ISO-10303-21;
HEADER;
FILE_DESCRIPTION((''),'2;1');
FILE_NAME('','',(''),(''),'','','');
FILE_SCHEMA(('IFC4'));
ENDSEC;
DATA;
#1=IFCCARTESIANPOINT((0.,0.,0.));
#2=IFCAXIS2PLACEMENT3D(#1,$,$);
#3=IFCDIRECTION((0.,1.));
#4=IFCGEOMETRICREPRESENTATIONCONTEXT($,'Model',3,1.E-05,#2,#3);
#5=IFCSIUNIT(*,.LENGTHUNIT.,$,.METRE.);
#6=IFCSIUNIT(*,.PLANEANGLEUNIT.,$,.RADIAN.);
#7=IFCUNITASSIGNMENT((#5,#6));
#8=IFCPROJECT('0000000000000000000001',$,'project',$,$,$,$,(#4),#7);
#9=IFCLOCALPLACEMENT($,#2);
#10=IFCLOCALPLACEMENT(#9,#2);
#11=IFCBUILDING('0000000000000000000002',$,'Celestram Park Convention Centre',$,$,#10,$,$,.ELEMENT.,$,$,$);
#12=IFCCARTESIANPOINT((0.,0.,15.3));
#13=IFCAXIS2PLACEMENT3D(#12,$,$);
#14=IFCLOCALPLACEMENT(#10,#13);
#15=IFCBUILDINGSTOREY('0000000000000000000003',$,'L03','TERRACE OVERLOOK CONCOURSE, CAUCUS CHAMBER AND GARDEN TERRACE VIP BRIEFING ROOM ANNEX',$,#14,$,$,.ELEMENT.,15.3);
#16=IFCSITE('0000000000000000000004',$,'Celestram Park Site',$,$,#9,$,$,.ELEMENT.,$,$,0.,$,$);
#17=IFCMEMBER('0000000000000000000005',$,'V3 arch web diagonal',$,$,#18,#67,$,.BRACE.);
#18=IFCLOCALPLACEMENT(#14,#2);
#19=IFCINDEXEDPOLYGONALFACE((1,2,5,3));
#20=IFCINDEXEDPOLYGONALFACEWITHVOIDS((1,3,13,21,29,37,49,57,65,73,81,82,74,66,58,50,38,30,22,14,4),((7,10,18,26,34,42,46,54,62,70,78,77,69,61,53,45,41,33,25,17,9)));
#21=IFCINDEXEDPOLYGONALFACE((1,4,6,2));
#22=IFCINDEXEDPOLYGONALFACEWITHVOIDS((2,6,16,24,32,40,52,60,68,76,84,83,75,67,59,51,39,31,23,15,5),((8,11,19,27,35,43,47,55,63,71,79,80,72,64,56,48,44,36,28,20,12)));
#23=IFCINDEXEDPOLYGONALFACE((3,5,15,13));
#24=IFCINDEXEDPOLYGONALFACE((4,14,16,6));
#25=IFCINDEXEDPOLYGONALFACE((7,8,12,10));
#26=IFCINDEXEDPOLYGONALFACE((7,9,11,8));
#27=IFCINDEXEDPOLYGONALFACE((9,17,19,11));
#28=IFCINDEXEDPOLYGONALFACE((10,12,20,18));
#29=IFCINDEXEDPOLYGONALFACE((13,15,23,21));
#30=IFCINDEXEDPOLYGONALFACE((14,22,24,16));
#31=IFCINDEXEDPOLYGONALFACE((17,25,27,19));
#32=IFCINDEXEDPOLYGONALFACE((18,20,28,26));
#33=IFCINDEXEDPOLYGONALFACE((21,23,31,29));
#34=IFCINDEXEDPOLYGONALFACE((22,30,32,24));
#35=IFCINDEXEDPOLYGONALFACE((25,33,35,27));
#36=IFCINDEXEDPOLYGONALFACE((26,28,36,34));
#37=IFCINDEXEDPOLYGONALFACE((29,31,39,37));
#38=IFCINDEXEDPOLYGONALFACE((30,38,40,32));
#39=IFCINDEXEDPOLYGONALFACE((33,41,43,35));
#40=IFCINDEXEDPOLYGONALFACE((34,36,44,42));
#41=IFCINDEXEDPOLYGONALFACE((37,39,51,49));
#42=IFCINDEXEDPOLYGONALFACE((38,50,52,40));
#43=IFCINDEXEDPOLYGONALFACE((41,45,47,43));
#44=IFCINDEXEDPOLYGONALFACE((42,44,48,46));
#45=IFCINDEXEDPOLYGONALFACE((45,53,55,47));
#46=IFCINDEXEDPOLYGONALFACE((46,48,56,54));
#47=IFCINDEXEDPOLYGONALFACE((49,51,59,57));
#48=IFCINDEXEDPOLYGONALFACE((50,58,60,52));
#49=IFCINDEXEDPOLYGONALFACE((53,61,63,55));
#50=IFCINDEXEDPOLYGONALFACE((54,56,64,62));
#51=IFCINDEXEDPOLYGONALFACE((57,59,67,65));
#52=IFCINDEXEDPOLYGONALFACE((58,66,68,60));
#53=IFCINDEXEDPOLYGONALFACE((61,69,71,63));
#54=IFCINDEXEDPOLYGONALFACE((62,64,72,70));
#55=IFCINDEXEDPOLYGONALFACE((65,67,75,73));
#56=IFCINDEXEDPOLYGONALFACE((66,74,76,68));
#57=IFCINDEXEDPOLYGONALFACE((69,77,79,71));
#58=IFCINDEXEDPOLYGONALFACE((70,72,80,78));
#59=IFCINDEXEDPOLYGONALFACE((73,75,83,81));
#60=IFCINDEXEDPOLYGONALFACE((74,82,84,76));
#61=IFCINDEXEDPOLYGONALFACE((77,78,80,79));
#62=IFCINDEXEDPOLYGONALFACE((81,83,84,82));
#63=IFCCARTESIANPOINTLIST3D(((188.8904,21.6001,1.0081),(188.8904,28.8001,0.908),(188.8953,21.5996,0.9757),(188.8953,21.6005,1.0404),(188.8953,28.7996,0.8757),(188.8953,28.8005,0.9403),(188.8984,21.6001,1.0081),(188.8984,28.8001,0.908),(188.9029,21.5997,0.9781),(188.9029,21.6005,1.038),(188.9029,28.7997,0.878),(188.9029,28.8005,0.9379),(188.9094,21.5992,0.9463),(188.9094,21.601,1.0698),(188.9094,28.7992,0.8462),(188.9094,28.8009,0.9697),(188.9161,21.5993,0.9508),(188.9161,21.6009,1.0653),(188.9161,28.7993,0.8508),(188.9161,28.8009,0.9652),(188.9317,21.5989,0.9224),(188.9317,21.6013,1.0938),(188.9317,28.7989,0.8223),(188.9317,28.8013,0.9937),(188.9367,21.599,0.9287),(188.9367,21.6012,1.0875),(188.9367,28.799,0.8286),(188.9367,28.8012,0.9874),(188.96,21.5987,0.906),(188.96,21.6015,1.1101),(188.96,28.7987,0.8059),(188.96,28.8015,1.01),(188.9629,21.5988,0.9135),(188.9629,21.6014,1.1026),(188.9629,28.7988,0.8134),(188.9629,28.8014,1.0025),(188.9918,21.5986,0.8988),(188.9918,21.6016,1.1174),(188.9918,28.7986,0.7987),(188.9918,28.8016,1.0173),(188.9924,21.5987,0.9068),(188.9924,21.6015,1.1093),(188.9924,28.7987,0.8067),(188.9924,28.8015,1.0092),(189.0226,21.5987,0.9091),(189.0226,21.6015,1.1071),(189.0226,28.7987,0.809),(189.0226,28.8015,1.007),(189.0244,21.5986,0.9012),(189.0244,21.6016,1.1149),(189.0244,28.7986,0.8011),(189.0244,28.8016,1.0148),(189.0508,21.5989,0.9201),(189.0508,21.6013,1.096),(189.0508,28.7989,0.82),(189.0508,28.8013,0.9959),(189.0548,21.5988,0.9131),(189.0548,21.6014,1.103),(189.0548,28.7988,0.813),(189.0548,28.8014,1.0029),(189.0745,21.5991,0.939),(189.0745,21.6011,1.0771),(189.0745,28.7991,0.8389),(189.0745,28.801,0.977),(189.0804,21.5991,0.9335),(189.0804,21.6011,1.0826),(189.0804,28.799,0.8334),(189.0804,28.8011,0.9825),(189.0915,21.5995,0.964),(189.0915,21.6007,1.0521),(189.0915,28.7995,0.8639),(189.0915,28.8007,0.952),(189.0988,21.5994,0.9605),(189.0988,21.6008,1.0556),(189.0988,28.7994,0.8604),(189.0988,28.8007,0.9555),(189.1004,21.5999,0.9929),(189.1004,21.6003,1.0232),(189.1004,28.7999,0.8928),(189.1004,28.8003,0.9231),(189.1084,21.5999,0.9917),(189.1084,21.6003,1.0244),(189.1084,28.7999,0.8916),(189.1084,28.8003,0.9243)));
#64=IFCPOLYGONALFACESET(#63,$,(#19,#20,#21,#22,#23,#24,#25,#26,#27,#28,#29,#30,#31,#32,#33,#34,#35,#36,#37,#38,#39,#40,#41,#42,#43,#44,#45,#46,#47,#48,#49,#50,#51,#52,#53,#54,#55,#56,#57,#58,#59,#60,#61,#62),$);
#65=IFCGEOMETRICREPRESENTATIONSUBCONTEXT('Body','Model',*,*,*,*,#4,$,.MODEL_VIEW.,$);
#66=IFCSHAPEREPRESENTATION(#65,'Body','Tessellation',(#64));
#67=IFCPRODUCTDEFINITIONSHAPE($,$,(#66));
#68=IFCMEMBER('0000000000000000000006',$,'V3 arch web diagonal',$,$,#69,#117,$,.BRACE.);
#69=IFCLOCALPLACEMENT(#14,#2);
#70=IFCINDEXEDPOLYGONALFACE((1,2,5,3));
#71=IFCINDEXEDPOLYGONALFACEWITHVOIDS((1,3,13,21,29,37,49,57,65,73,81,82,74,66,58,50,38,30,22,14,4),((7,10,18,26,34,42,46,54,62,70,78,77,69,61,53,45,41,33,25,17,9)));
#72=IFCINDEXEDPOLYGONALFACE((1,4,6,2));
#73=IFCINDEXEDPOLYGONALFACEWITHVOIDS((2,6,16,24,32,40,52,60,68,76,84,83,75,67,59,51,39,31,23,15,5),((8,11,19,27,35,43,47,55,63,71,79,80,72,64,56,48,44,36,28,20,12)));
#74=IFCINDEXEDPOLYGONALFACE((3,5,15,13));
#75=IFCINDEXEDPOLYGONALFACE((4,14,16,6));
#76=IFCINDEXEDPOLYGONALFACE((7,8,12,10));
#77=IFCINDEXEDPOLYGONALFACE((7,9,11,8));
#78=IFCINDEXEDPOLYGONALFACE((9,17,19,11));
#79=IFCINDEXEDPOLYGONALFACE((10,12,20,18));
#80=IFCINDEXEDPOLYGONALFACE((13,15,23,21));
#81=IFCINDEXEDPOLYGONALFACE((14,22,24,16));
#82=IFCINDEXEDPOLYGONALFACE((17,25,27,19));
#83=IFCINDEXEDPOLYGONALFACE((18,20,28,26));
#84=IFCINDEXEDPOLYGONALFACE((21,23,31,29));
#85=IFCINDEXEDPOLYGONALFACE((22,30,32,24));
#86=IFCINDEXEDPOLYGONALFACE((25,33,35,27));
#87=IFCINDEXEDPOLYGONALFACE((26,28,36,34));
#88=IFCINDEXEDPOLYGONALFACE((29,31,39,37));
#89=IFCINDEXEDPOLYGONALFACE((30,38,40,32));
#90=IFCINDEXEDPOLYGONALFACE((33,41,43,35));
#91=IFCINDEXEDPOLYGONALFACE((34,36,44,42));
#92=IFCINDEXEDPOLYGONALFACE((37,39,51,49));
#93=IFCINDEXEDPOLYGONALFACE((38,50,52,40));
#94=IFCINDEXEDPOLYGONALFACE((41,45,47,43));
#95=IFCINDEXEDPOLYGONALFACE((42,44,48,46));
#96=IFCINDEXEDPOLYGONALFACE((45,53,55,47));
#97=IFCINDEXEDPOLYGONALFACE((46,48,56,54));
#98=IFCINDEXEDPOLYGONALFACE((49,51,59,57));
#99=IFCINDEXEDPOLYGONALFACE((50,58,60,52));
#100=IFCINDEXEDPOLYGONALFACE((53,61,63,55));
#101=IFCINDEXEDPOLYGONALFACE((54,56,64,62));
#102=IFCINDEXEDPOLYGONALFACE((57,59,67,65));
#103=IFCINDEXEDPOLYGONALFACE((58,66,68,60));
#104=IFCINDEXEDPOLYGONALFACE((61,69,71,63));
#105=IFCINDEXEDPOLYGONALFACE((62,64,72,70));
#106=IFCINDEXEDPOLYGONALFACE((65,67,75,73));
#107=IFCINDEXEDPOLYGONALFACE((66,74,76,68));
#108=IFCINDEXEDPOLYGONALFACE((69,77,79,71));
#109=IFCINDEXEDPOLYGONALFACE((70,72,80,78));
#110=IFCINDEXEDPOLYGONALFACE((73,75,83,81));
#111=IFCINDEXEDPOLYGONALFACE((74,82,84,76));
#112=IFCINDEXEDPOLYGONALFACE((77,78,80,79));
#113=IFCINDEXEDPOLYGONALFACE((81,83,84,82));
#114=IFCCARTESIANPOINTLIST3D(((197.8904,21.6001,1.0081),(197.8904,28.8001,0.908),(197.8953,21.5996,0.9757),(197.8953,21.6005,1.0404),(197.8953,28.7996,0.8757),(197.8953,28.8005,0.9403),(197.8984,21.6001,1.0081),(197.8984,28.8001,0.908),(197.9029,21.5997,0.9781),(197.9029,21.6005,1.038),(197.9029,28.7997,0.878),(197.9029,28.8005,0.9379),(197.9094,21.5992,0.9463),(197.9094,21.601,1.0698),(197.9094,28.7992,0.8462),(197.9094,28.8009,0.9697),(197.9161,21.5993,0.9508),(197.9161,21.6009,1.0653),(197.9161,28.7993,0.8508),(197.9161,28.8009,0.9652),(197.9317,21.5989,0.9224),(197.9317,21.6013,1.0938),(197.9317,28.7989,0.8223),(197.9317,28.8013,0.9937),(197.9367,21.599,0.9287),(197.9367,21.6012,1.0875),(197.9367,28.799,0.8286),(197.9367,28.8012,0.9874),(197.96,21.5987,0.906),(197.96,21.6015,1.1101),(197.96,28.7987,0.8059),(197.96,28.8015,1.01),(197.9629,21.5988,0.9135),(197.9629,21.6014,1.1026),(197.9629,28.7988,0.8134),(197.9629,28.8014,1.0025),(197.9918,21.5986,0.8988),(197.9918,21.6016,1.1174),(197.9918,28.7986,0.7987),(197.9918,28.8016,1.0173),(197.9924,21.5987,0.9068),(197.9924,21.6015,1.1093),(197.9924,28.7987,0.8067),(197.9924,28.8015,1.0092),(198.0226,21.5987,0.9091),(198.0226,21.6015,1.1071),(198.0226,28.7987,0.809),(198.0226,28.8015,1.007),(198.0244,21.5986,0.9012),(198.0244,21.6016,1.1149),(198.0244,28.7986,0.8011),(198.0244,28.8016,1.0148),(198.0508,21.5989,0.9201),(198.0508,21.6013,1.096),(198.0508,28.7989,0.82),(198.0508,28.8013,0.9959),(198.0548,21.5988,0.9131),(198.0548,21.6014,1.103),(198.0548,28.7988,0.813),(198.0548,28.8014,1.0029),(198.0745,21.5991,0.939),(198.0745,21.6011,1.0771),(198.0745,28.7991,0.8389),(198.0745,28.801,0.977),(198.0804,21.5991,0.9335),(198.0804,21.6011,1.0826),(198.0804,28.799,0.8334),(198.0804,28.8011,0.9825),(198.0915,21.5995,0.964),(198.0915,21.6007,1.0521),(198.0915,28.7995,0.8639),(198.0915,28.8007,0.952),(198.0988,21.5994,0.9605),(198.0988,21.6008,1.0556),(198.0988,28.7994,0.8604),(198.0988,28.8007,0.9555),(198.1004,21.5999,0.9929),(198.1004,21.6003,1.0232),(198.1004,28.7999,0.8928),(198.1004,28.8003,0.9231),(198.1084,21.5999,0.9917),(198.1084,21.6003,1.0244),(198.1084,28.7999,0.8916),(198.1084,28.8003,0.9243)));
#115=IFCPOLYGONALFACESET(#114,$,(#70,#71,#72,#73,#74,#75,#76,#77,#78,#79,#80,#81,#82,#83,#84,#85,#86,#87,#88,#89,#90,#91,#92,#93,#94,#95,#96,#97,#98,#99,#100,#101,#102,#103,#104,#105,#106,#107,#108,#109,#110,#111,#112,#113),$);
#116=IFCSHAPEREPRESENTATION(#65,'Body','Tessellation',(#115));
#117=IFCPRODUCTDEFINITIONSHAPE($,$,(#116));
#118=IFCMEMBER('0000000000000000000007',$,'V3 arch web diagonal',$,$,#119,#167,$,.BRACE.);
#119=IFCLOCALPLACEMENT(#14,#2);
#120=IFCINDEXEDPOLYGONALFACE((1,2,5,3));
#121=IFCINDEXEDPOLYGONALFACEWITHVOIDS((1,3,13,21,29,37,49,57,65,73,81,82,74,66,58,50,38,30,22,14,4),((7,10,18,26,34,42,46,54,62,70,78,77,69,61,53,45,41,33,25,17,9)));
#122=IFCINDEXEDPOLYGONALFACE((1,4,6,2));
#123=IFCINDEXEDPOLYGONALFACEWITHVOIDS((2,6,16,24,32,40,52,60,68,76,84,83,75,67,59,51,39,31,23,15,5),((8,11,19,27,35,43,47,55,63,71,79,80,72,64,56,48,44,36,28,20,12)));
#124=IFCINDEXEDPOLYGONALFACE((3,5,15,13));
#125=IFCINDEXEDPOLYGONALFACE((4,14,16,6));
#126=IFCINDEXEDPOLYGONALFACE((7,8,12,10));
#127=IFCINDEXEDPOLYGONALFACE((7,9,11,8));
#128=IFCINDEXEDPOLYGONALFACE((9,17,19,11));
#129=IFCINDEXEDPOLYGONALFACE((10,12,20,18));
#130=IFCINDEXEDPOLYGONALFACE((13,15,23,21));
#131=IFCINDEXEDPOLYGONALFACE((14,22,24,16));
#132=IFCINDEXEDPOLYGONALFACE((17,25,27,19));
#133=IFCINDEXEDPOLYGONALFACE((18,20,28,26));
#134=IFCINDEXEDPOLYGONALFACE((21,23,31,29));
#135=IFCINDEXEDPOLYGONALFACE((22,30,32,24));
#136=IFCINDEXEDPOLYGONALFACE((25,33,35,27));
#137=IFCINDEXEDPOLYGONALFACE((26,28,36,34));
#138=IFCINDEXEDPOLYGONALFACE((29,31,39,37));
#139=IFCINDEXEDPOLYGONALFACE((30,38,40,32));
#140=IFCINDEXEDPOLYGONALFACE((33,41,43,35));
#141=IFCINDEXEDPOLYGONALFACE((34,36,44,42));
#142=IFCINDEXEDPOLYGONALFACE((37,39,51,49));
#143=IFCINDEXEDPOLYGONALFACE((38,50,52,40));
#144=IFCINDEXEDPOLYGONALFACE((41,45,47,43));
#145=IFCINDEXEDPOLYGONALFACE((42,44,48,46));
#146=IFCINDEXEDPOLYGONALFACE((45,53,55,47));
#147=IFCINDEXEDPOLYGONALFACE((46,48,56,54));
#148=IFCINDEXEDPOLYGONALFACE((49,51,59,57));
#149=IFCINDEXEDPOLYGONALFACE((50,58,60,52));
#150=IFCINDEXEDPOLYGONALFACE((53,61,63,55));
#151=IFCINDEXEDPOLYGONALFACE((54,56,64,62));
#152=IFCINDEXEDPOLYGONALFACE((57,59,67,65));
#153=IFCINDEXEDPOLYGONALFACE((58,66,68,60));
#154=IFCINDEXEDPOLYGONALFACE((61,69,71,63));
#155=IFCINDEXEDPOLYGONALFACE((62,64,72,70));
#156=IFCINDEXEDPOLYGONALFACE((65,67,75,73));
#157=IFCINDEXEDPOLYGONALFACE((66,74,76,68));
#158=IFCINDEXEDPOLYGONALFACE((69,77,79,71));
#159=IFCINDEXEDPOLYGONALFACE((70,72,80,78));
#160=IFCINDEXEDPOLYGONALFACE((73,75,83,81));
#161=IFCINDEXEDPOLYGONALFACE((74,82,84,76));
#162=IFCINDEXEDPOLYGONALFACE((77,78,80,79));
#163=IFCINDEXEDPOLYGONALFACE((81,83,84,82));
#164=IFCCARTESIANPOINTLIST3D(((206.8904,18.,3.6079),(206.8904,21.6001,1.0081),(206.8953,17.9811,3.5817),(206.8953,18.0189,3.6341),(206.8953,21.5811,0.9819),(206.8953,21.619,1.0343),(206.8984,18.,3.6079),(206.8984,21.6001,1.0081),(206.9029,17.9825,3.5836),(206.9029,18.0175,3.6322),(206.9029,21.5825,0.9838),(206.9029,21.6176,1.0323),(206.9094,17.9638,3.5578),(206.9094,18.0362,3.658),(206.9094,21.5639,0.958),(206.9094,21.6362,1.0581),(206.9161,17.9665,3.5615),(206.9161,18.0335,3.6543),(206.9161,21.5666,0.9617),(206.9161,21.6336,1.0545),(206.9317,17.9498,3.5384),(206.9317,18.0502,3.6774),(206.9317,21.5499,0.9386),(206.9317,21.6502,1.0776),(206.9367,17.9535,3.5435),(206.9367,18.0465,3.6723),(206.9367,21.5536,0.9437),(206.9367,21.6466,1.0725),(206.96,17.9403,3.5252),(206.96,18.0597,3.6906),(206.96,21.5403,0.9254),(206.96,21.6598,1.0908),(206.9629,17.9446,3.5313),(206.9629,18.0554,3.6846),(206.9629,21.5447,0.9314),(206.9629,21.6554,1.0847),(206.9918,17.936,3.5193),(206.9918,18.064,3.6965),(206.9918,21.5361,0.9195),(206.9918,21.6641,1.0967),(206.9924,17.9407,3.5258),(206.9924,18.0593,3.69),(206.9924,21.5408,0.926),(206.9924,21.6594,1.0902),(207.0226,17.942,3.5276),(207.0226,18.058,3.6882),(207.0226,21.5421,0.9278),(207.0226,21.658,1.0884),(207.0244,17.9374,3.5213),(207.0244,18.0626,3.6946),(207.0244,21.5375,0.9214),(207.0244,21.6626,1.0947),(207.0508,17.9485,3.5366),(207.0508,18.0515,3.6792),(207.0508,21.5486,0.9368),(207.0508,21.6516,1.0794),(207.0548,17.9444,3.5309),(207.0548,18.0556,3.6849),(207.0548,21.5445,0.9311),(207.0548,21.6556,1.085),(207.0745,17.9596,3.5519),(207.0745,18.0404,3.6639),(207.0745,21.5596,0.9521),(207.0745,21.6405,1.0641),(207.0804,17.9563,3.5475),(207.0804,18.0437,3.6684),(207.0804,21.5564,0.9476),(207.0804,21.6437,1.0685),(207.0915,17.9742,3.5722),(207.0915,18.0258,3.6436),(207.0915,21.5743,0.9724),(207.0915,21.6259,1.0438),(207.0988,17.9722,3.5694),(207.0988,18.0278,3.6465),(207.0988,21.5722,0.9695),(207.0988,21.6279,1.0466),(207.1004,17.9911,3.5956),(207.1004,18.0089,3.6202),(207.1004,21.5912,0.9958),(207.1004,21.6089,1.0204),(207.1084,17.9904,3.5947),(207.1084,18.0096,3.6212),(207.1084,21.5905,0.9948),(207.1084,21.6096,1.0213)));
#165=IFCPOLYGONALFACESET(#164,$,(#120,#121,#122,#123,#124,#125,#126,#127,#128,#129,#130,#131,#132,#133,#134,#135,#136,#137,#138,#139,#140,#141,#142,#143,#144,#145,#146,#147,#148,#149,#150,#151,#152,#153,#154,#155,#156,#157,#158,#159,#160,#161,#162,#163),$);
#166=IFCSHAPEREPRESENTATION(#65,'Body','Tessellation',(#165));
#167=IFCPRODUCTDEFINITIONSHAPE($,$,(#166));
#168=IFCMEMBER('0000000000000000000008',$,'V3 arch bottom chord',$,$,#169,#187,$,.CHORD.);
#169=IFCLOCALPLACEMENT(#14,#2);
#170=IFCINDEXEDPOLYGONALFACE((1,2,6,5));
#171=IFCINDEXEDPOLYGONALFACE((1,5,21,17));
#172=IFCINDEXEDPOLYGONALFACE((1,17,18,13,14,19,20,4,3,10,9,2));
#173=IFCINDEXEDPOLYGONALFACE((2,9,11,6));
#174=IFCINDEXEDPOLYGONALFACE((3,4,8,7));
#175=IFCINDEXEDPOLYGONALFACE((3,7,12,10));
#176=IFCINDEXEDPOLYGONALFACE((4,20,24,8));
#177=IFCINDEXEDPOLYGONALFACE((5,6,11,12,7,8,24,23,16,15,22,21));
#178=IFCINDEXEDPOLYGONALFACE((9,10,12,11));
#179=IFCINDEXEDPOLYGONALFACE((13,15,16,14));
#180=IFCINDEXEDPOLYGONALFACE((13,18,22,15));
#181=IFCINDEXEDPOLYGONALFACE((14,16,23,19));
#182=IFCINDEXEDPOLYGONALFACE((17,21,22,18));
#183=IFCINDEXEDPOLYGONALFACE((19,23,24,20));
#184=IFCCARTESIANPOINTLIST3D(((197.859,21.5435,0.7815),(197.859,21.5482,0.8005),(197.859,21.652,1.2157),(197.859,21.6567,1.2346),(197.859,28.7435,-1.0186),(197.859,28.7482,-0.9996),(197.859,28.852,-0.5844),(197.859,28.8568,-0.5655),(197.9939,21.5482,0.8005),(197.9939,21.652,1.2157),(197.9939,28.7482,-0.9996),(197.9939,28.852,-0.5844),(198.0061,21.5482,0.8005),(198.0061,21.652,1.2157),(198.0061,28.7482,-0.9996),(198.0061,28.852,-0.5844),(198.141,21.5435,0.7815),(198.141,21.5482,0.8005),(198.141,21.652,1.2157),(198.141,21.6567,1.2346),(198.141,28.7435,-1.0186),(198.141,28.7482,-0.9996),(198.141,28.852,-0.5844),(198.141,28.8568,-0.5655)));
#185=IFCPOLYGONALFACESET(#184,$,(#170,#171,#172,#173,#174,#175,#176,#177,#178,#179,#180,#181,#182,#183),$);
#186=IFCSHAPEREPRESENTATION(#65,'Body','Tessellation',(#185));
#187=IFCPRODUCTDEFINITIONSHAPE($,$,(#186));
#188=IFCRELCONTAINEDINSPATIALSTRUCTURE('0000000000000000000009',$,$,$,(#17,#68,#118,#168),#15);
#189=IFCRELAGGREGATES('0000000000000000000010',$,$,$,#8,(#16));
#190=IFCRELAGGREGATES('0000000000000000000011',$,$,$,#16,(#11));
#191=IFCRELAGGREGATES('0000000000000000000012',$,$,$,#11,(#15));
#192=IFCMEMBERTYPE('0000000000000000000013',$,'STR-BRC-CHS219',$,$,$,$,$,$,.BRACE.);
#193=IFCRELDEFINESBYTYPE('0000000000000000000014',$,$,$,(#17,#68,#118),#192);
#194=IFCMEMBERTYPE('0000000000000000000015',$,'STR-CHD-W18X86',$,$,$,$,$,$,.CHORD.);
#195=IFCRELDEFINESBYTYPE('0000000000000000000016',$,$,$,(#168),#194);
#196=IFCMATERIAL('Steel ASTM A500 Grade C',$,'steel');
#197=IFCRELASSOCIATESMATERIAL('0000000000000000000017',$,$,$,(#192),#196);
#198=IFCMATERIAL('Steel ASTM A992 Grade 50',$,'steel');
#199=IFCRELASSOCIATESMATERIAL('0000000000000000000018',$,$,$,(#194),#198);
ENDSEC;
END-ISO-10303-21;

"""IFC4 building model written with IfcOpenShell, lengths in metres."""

from ifc_helpers import new_model, si_unit, direction, frame, origin, origin_2d, place, context, subcontext, project, spatial, hollow_circle, i_section, extrude, material, material_profile, profile_set, type_object, element, save


model = new_model("IFC4")

# Units and contexts
model_context = context("Model", 3, precision=1e-05, world=origin(), true_north=direction((0.0, 1.0)))
body_context = subcontext(model_context, "Body", "Model", "MODEL_VIEW")
ifc_project = project(units=[si_unit("LENGTHUNIT", "METRE"), si_unit("PLANEANGLEUNIT", "RADIAN")], contexts=[model_context])

# Site, building, storey
site_placement = place(None, origin())
site = spatial("IfcSite", under=ifc_project, at=site_placement, Name="Celestram Park Site", CompositionType="ELEMENT", RefElevation=0.0)
building_placement = place(site_placement, origin())
building = spatial("IfcBuilding", under=site, at=building_placement, Name="Celestram Park Convention Centre", CompositionType="ELEMENT")
storey_placement = place(building_placement, frame((0.0, 0.0, 15.3)))
storey = spatial("IfcBuildingStorey", under=building, at=storey_placement, Name="L03", Description="TERRACE OVERLOOK CONCOURSE, CAUCUS CHAMBER AND GARDEN TERRACE VIP BRIEFING ROOM ANNEX", CompositionType="ELEMENT", Elevation=15.3)

# Members
ifc_material_1 = material(Name="Steel ASTM A500 Grade C", Category="steel")
ifc_material_profile_1 = material_profile(ifc_material_1, hollow_circle(Radius=0.1096, WallThickness=0.0081, at=origin_2d()), Name="CHS219X8")
ifc_profile_set_1 = profile_set([ifc_material_profile_1], Name="Steel ASTM A500 Grade C")
member_type_1 = type_object("IfcMemberType", Name="STR-BRC-CHS219", PredefinedType="BRACE", material=ifc_profile_set_1)
for number, where, z_axis, x_axis, name in (
    (1, (189.0, 21.6001, 1.0081), (0.0, 0.999903, -0.013901), (-1.0, 0.0, 0.0), "V3 arch web diagonal"),
    (2, (198.0, 21.6001, 1.0081), (0.0, 0.999903, -0.013901), (-1.0, 0.0, 0.0), "V3 arch web diagonal"),
):
    element("IfcMember", number, at=place(storey_placement, frame(where, z_axis=z_axis, x_axis=x_axis)), inside=storey, type_object=member_type_1, Name=name, PredefinedType="BRACE", context=body_context, shape_type="SweptSolid", body=[
        extrude(hollow_circle(Radius=0.1096, WallThickness=0.0081, at=origin_2d()), origin(), (0.0, 0.0, 1.0), 7.2007),
    ])
member_1_placement = place(storey_placement, frame((207.0, 18.0, 3.6079), z_axis=(0.0, 0.810702, -0.585458), x_axis=(-1.0, 0.0, 0.0)))
element("IfcMember", 3, at=member_1_placement, inside=storey, type_object=member_type_1, Name="V3 arch web diagonal", PredefinedType="BRACE", context=body_context, shape_type="SweptSolid", body=[
    extrude(hollow_circle(Radius=0.1096, WallThickness=0.0081, at=origin_2d()), origin(), (0.0, 0.0, 1.0), 4.4407),
])
ifc_material_2 = material(Name="Steel ASTM A992 Grade 50", Category="steel")
ifc_material_profile_2 = material_profile(ifc_material_2, i_section(OverallWidth=0.282, OverallDepth=0.467, WebThickness=0.0122, FlangeThickness=0.0195, at=origin_2d()), Name="W18X86")
ifc_profile_set_2 = profile_set([ifc_material_profile_2], Name="Steel ASTM A992 Grade 50")
member_type_2 = type_object("IfcMemberType", Name="STR-CHD-W18X86", PredefinedType="CHORD", material=ifc_profile_set_2)
member_2_placement = place(storey_placement, frame((198.0, 21.6001, 1.0081), z_axis=(0.0, 0.970141, -0.242543), x_axis=(-1.0, 0.0, 0.0)))
element("IfcMember", 4, at=member_2_placement, inside=storey, type_object=member_type_2, Name="V3 arch bottom chord", PredefinedType="CHORD", context=body_context, shape_type="SweptSolid", body=[
    extrude(i_section(OverallWidth=0.282, OverallDepth=0.467, WebThickness=0.0122, FlangeThickness=0.0195, at=origin_2d()), origin(), (0.0, 0.0, 1.0), 7.4216),
])

save(model, "model.ifc")
